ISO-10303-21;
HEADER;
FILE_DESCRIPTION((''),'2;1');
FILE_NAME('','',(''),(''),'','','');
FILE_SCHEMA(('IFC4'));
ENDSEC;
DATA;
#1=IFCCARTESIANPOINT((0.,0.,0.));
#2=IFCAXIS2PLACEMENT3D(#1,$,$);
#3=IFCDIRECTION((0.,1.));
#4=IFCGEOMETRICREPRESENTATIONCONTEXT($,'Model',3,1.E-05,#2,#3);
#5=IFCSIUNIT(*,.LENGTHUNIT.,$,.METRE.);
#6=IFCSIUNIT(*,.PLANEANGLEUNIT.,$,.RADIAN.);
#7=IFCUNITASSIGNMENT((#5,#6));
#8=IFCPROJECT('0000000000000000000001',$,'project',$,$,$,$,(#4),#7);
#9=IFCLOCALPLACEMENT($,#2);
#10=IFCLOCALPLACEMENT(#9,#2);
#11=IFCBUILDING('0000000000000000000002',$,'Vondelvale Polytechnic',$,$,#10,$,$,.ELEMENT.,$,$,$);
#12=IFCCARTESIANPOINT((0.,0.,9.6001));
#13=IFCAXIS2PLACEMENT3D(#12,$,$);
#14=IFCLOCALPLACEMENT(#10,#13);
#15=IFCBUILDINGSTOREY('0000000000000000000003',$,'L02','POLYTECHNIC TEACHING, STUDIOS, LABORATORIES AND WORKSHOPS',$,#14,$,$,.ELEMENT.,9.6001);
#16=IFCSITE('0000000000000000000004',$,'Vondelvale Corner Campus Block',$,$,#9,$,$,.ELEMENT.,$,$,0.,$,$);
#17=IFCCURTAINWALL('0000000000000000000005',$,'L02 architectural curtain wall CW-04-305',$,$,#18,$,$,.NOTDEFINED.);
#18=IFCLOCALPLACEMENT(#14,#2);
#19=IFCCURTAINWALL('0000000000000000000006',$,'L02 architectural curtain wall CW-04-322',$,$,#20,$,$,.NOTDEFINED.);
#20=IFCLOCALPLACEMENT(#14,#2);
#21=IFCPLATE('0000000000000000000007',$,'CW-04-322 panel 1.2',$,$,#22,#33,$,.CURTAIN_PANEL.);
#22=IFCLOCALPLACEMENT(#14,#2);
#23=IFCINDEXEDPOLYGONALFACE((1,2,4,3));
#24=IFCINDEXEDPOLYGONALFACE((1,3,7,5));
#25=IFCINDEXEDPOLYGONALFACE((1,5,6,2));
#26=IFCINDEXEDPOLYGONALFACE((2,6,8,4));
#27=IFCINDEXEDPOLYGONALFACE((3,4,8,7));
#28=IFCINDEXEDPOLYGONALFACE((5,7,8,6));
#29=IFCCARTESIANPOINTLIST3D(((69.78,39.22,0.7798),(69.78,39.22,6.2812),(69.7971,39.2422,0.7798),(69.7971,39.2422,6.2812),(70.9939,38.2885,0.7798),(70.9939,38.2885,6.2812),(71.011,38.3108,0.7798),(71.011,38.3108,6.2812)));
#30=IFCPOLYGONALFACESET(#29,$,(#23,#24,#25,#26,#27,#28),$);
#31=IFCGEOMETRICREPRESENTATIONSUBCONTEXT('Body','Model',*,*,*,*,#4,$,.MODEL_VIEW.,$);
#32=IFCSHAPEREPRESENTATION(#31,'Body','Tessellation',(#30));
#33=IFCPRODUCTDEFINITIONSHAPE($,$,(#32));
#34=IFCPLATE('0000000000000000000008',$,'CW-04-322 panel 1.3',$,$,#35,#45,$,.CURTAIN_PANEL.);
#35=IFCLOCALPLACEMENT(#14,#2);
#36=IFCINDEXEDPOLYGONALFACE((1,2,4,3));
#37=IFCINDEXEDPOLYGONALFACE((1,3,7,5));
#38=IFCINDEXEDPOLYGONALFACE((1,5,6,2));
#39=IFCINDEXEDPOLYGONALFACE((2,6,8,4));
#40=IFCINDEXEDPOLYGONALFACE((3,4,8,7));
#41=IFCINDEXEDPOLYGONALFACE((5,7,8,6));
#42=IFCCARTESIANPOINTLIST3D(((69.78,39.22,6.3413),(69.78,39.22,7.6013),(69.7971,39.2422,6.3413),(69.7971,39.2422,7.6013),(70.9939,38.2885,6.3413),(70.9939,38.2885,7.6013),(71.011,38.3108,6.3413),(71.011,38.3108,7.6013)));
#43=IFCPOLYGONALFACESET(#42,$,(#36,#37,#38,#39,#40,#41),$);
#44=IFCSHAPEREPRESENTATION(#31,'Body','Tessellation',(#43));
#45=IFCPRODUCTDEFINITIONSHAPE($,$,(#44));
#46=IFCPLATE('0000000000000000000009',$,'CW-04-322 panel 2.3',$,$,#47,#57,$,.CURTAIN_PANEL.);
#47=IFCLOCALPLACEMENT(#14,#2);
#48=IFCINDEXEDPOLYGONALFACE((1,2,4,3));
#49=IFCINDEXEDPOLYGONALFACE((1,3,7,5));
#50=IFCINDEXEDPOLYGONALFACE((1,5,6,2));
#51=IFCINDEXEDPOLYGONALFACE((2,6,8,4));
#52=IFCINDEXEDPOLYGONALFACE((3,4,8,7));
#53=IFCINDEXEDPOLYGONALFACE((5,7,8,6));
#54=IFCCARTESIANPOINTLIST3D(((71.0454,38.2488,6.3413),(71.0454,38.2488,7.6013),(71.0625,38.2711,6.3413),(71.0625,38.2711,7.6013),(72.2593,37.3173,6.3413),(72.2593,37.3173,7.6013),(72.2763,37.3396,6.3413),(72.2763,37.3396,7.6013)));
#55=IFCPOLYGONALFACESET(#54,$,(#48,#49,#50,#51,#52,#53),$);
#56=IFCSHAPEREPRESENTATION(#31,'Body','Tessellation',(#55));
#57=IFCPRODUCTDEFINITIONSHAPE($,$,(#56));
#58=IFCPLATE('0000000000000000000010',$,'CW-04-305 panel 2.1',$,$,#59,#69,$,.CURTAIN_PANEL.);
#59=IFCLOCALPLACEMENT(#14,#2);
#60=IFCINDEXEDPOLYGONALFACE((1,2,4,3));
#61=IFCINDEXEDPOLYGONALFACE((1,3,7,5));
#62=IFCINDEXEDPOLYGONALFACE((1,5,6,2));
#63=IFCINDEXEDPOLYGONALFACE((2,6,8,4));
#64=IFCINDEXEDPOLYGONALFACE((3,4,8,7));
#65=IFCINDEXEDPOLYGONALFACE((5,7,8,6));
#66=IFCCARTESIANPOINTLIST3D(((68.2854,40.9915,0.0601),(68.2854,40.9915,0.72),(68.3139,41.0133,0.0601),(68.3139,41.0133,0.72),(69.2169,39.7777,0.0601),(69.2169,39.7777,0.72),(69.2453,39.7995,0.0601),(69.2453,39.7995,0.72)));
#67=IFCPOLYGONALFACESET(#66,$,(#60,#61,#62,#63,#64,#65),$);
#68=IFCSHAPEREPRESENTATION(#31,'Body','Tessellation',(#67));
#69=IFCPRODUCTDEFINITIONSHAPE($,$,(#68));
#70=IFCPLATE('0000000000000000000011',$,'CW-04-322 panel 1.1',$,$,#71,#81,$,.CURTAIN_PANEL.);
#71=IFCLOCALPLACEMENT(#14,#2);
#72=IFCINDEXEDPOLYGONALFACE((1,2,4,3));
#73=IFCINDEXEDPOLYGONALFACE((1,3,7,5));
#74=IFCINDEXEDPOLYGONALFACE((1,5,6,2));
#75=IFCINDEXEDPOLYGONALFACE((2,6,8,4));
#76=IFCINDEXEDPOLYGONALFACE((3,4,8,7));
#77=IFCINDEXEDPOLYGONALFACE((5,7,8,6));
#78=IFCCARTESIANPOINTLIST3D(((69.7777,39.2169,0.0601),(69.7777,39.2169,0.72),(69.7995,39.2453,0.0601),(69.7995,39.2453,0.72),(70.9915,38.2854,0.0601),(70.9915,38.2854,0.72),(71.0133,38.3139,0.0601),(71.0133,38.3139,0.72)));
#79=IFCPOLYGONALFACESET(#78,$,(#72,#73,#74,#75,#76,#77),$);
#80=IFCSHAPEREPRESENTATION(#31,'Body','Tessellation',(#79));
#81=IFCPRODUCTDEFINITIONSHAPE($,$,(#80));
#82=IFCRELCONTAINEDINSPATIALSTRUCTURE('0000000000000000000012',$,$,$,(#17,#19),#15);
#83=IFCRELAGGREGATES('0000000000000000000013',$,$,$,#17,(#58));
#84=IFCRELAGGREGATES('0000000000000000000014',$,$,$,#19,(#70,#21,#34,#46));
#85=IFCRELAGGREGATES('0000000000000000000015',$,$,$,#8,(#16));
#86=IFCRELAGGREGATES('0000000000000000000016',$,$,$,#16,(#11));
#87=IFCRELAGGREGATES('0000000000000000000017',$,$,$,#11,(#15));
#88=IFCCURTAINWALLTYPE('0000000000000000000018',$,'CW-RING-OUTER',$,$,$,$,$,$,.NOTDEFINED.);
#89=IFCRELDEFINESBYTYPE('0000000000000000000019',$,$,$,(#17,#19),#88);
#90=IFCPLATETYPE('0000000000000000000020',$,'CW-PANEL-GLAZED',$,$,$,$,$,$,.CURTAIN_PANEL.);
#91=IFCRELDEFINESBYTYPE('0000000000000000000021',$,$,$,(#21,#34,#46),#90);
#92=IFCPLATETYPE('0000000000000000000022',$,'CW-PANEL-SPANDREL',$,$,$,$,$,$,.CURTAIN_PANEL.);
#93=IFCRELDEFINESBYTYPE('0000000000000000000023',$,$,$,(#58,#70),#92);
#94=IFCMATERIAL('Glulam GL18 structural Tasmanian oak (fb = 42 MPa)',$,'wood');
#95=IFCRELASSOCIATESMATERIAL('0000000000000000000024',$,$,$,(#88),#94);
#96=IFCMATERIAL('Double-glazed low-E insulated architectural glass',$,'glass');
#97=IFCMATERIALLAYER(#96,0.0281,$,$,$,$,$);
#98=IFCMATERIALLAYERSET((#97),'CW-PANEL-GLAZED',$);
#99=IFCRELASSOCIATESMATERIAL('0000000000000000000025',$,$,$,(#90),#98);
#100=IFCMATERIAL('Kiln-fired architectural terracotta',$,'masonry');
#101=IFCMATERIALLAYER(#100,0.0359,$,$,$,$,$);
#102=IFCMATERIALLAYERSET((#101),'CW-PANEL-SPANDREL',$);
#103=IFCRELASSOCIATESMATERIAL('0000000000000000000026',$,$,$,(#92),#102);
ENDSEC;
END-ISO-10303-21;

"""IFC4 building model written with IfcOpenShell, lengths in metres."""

from ifc_helpers import new_model, si_unit, direction, frame, origin, origin_2d, place, context, subcontext, project, spatial, rectangle, extrude, material, layer, layer_set, type_object, element, aggregate, save


model = new_model("IFC4")

# Units and contexts
model_context = context("Model", 3, precision=1e-05, world=origin(), true_north=direction((0.0, 1.0)))
body_context = subcontext(model_context, "Body", "Model", "MODEL_VIEW")
ifc_project = project(units=[si_unit("LENGTHUNIT", "METRE"), si_unit("PLANEANGLEUNIT", "RADIAN")], contexts=[model_context])

# Site, building, storey
site_placement = place(None, origin())
site = spatial("IfcSite", under=ifc_project, at=site_placement, Name="Vondelvale Corner Campus Block", CompositionType="ELEMENT", RefElevation=0.0)
building_placement = place(site_placement, origin())
building = spatial("IfcBuilding", under=site, at=building_placement, Name="Vondelvale Polytechnic", CompositionType="ELEMENT")
storey_placement = place(building_placement, frame((0.0, 0.0, 9.6001)))
storey = spatial("IfcBuildingStorey", under=building, at=storey_placement, Name="L02", Description="POLYTECHNIC TEACHING, STUDIOS, LABORATORIES AND WORKSHOPS", CompositionType="ELEMENT", Elevation=9.6001)

# Curtain wall
ifc_material_1 = material(Name="Glulam GL18 structural Tasmanian oak (fb = 42 MPa)", Category="wood")
curtain_wall_type = type_object("IfcCurtainWallType", Name="CW-RING-OUTER", PredefinedType="NOTDEFINED", material=ifc_material_1)
curtain_wall_1_placement = place(storey_placement, origin())
curtain_wall_1 = element("IfcCurtainWall", 1, at=curtain_wall_1_placement, inside=storey, type_object=curtain_wall_type, Name="L02 architectural curtain wall CW-04-305", PredefinedType="NOTDEFINED")

# Curtain wall
curtain_wall_2_placement = place(storey_placement, origin())
curtain_wall_2 = element("IfcCurtainWall", 2, at=curtain_wall_2_placement, inside=storey, type_object=curtain_wall_type, Name="L02 architectural curtain wall CW-04-322", PredefinedType="NOTDEFINED")

# Plates
ifc_material_2 = material(Name="Double-glazed low-E insulated architectural glass", Category="glass")
ifc_layer_1 = layer(ifc_material_2, 0.0281)
ifc_layer_set_1 = layer_set([ifc_layer_1], Name="CW-PANEL-GLAZED")
plate_type_1 = type_object("IfcPlateType", Name="CW-PANEL-GLAZED", PredefinedType="CURTAIN_PANEL", material=ifc_layer_set_1)
plate_1_placement = place(storey_placement, frame((70.3955, 38.7654, 0.7798), z_axis=(0.0, 0.0, 1.0), x_axis=(0.793334, -0.608787, 0.0)))
plate_1 = element("IfcPlate", 3, at=plate_1_placement, type_object=plate_type_1, Name="CW-04-322 panel 1.2", PredefinedType="CURTAIN_PANEL", context=body_context, shape_type="SweptSolid", body=[
    extrude(rectangle(XDim=1.53, YDim=0.0281, at=origin_2d()), origin(), (0.0, 0.0, 1.0), 5.5015),
])
plate_2_placement = place(storey_placement, frame((70.3955, 38.7654, 6.3413), z_axis=(0.0, 0.0, 1.0), x_axis=(0.793334, -0.608787, 0.0)))
plate_2 = element("IfcPlate", 4, at=plate_2_placement, type_object=plate_type_1, Name="CW-04-322 panel 1.3", PredefinedType="CURTAIN_PANEL", context=body_context, shape_type="SweptSolid", body=[
    extrude(rectangle(XDim=1.53, YDim=0.0281, at=origin_2d()), origin(), (0.0, 0.0, 1.0), 1.26),
])
plate_3_placement = place(storey_placement, frame((71.6609, 37.7942, 6.3413), z_axis=(0.0, 0.0, 1.0), x_axis=(0.793334, -0.608787, 0.0)))
plate_3 = element("IfcPlate", 5, at=plate_3_placement, type_object=plate_type_1, Name="CW-04-322 panel 2.3", PredefinedType="CURTAIN_PANEL", context=body_context, shape_type="SweptSolid", body=[
    extrude(rectangle(XDim=1.53, YDim=0.0281, at=origin_2d()), origin(), (0.0, 0.0, 1.0), 1.26),
])
ifc_material_3 = material(Name="Kiln-fired architectural terracotta", Category="masonry")
ifc_layer_2 = layer(ifc_material_3, 0.0359)
ifc_layer_set_2 = layer_set([ifc_layer_2], Name="CW-PANEL-SPANDREL")
plate_type_2 = type_object("IfcPlateType", Name="CW-PANEL-SPANDREL", PredefinedType="CURTAIN_PANEL", material=ifc_layer_set_2)
plate_4_placement = place(storey_placement, frame((68.7654, 40.3955, 0.0601), z_axis=(0.0, 0.0, 1.0), x_axis=(0.608787, -0.793334, 0.0)))
plate_4 = element("IfcPlate", 6, at=plate_4_placement, type_object=plate_type_2, Name="CW-04-305 panel 2.1", PredefinedType="CURTAIN_PANEL", context=body_context, shape_type="SweptSolid", body=[
    extrude(rectangle(XDim=1.53, YDim=0.0359, at=origin_2d()), origin(), (0.0, 0.0, 1.0), 0.6599),
])
aggregate(curtain_wall_1, [plate_4])
plate_5_placement = place(storey_placement, frame((70.3955, 38.7654, 0.0601), z_axis=(0.0, 0.0, 1.0), x_axis=(0.793334, -0.608787, 0.0)))
plate_5 = element("IfcPlate", 7, at=plate_5_placement, type_object=plate_type_2, Name="CW-04-322 panel 1.1", PredefinedType="CURTAIN_PANEL", context=body_context, shape_type="SweptSolid", body=[
    extrude(rectangle(XDim=1.53, YDim=0.0359, at=origin_2d()), origin(), (0.0, 0.0, 1.0), 0.6599),
])
aggregate(curtain_wall_2, [plate_5, plate_1, plate_2, plate_3])

save(model, "model.ifc")
